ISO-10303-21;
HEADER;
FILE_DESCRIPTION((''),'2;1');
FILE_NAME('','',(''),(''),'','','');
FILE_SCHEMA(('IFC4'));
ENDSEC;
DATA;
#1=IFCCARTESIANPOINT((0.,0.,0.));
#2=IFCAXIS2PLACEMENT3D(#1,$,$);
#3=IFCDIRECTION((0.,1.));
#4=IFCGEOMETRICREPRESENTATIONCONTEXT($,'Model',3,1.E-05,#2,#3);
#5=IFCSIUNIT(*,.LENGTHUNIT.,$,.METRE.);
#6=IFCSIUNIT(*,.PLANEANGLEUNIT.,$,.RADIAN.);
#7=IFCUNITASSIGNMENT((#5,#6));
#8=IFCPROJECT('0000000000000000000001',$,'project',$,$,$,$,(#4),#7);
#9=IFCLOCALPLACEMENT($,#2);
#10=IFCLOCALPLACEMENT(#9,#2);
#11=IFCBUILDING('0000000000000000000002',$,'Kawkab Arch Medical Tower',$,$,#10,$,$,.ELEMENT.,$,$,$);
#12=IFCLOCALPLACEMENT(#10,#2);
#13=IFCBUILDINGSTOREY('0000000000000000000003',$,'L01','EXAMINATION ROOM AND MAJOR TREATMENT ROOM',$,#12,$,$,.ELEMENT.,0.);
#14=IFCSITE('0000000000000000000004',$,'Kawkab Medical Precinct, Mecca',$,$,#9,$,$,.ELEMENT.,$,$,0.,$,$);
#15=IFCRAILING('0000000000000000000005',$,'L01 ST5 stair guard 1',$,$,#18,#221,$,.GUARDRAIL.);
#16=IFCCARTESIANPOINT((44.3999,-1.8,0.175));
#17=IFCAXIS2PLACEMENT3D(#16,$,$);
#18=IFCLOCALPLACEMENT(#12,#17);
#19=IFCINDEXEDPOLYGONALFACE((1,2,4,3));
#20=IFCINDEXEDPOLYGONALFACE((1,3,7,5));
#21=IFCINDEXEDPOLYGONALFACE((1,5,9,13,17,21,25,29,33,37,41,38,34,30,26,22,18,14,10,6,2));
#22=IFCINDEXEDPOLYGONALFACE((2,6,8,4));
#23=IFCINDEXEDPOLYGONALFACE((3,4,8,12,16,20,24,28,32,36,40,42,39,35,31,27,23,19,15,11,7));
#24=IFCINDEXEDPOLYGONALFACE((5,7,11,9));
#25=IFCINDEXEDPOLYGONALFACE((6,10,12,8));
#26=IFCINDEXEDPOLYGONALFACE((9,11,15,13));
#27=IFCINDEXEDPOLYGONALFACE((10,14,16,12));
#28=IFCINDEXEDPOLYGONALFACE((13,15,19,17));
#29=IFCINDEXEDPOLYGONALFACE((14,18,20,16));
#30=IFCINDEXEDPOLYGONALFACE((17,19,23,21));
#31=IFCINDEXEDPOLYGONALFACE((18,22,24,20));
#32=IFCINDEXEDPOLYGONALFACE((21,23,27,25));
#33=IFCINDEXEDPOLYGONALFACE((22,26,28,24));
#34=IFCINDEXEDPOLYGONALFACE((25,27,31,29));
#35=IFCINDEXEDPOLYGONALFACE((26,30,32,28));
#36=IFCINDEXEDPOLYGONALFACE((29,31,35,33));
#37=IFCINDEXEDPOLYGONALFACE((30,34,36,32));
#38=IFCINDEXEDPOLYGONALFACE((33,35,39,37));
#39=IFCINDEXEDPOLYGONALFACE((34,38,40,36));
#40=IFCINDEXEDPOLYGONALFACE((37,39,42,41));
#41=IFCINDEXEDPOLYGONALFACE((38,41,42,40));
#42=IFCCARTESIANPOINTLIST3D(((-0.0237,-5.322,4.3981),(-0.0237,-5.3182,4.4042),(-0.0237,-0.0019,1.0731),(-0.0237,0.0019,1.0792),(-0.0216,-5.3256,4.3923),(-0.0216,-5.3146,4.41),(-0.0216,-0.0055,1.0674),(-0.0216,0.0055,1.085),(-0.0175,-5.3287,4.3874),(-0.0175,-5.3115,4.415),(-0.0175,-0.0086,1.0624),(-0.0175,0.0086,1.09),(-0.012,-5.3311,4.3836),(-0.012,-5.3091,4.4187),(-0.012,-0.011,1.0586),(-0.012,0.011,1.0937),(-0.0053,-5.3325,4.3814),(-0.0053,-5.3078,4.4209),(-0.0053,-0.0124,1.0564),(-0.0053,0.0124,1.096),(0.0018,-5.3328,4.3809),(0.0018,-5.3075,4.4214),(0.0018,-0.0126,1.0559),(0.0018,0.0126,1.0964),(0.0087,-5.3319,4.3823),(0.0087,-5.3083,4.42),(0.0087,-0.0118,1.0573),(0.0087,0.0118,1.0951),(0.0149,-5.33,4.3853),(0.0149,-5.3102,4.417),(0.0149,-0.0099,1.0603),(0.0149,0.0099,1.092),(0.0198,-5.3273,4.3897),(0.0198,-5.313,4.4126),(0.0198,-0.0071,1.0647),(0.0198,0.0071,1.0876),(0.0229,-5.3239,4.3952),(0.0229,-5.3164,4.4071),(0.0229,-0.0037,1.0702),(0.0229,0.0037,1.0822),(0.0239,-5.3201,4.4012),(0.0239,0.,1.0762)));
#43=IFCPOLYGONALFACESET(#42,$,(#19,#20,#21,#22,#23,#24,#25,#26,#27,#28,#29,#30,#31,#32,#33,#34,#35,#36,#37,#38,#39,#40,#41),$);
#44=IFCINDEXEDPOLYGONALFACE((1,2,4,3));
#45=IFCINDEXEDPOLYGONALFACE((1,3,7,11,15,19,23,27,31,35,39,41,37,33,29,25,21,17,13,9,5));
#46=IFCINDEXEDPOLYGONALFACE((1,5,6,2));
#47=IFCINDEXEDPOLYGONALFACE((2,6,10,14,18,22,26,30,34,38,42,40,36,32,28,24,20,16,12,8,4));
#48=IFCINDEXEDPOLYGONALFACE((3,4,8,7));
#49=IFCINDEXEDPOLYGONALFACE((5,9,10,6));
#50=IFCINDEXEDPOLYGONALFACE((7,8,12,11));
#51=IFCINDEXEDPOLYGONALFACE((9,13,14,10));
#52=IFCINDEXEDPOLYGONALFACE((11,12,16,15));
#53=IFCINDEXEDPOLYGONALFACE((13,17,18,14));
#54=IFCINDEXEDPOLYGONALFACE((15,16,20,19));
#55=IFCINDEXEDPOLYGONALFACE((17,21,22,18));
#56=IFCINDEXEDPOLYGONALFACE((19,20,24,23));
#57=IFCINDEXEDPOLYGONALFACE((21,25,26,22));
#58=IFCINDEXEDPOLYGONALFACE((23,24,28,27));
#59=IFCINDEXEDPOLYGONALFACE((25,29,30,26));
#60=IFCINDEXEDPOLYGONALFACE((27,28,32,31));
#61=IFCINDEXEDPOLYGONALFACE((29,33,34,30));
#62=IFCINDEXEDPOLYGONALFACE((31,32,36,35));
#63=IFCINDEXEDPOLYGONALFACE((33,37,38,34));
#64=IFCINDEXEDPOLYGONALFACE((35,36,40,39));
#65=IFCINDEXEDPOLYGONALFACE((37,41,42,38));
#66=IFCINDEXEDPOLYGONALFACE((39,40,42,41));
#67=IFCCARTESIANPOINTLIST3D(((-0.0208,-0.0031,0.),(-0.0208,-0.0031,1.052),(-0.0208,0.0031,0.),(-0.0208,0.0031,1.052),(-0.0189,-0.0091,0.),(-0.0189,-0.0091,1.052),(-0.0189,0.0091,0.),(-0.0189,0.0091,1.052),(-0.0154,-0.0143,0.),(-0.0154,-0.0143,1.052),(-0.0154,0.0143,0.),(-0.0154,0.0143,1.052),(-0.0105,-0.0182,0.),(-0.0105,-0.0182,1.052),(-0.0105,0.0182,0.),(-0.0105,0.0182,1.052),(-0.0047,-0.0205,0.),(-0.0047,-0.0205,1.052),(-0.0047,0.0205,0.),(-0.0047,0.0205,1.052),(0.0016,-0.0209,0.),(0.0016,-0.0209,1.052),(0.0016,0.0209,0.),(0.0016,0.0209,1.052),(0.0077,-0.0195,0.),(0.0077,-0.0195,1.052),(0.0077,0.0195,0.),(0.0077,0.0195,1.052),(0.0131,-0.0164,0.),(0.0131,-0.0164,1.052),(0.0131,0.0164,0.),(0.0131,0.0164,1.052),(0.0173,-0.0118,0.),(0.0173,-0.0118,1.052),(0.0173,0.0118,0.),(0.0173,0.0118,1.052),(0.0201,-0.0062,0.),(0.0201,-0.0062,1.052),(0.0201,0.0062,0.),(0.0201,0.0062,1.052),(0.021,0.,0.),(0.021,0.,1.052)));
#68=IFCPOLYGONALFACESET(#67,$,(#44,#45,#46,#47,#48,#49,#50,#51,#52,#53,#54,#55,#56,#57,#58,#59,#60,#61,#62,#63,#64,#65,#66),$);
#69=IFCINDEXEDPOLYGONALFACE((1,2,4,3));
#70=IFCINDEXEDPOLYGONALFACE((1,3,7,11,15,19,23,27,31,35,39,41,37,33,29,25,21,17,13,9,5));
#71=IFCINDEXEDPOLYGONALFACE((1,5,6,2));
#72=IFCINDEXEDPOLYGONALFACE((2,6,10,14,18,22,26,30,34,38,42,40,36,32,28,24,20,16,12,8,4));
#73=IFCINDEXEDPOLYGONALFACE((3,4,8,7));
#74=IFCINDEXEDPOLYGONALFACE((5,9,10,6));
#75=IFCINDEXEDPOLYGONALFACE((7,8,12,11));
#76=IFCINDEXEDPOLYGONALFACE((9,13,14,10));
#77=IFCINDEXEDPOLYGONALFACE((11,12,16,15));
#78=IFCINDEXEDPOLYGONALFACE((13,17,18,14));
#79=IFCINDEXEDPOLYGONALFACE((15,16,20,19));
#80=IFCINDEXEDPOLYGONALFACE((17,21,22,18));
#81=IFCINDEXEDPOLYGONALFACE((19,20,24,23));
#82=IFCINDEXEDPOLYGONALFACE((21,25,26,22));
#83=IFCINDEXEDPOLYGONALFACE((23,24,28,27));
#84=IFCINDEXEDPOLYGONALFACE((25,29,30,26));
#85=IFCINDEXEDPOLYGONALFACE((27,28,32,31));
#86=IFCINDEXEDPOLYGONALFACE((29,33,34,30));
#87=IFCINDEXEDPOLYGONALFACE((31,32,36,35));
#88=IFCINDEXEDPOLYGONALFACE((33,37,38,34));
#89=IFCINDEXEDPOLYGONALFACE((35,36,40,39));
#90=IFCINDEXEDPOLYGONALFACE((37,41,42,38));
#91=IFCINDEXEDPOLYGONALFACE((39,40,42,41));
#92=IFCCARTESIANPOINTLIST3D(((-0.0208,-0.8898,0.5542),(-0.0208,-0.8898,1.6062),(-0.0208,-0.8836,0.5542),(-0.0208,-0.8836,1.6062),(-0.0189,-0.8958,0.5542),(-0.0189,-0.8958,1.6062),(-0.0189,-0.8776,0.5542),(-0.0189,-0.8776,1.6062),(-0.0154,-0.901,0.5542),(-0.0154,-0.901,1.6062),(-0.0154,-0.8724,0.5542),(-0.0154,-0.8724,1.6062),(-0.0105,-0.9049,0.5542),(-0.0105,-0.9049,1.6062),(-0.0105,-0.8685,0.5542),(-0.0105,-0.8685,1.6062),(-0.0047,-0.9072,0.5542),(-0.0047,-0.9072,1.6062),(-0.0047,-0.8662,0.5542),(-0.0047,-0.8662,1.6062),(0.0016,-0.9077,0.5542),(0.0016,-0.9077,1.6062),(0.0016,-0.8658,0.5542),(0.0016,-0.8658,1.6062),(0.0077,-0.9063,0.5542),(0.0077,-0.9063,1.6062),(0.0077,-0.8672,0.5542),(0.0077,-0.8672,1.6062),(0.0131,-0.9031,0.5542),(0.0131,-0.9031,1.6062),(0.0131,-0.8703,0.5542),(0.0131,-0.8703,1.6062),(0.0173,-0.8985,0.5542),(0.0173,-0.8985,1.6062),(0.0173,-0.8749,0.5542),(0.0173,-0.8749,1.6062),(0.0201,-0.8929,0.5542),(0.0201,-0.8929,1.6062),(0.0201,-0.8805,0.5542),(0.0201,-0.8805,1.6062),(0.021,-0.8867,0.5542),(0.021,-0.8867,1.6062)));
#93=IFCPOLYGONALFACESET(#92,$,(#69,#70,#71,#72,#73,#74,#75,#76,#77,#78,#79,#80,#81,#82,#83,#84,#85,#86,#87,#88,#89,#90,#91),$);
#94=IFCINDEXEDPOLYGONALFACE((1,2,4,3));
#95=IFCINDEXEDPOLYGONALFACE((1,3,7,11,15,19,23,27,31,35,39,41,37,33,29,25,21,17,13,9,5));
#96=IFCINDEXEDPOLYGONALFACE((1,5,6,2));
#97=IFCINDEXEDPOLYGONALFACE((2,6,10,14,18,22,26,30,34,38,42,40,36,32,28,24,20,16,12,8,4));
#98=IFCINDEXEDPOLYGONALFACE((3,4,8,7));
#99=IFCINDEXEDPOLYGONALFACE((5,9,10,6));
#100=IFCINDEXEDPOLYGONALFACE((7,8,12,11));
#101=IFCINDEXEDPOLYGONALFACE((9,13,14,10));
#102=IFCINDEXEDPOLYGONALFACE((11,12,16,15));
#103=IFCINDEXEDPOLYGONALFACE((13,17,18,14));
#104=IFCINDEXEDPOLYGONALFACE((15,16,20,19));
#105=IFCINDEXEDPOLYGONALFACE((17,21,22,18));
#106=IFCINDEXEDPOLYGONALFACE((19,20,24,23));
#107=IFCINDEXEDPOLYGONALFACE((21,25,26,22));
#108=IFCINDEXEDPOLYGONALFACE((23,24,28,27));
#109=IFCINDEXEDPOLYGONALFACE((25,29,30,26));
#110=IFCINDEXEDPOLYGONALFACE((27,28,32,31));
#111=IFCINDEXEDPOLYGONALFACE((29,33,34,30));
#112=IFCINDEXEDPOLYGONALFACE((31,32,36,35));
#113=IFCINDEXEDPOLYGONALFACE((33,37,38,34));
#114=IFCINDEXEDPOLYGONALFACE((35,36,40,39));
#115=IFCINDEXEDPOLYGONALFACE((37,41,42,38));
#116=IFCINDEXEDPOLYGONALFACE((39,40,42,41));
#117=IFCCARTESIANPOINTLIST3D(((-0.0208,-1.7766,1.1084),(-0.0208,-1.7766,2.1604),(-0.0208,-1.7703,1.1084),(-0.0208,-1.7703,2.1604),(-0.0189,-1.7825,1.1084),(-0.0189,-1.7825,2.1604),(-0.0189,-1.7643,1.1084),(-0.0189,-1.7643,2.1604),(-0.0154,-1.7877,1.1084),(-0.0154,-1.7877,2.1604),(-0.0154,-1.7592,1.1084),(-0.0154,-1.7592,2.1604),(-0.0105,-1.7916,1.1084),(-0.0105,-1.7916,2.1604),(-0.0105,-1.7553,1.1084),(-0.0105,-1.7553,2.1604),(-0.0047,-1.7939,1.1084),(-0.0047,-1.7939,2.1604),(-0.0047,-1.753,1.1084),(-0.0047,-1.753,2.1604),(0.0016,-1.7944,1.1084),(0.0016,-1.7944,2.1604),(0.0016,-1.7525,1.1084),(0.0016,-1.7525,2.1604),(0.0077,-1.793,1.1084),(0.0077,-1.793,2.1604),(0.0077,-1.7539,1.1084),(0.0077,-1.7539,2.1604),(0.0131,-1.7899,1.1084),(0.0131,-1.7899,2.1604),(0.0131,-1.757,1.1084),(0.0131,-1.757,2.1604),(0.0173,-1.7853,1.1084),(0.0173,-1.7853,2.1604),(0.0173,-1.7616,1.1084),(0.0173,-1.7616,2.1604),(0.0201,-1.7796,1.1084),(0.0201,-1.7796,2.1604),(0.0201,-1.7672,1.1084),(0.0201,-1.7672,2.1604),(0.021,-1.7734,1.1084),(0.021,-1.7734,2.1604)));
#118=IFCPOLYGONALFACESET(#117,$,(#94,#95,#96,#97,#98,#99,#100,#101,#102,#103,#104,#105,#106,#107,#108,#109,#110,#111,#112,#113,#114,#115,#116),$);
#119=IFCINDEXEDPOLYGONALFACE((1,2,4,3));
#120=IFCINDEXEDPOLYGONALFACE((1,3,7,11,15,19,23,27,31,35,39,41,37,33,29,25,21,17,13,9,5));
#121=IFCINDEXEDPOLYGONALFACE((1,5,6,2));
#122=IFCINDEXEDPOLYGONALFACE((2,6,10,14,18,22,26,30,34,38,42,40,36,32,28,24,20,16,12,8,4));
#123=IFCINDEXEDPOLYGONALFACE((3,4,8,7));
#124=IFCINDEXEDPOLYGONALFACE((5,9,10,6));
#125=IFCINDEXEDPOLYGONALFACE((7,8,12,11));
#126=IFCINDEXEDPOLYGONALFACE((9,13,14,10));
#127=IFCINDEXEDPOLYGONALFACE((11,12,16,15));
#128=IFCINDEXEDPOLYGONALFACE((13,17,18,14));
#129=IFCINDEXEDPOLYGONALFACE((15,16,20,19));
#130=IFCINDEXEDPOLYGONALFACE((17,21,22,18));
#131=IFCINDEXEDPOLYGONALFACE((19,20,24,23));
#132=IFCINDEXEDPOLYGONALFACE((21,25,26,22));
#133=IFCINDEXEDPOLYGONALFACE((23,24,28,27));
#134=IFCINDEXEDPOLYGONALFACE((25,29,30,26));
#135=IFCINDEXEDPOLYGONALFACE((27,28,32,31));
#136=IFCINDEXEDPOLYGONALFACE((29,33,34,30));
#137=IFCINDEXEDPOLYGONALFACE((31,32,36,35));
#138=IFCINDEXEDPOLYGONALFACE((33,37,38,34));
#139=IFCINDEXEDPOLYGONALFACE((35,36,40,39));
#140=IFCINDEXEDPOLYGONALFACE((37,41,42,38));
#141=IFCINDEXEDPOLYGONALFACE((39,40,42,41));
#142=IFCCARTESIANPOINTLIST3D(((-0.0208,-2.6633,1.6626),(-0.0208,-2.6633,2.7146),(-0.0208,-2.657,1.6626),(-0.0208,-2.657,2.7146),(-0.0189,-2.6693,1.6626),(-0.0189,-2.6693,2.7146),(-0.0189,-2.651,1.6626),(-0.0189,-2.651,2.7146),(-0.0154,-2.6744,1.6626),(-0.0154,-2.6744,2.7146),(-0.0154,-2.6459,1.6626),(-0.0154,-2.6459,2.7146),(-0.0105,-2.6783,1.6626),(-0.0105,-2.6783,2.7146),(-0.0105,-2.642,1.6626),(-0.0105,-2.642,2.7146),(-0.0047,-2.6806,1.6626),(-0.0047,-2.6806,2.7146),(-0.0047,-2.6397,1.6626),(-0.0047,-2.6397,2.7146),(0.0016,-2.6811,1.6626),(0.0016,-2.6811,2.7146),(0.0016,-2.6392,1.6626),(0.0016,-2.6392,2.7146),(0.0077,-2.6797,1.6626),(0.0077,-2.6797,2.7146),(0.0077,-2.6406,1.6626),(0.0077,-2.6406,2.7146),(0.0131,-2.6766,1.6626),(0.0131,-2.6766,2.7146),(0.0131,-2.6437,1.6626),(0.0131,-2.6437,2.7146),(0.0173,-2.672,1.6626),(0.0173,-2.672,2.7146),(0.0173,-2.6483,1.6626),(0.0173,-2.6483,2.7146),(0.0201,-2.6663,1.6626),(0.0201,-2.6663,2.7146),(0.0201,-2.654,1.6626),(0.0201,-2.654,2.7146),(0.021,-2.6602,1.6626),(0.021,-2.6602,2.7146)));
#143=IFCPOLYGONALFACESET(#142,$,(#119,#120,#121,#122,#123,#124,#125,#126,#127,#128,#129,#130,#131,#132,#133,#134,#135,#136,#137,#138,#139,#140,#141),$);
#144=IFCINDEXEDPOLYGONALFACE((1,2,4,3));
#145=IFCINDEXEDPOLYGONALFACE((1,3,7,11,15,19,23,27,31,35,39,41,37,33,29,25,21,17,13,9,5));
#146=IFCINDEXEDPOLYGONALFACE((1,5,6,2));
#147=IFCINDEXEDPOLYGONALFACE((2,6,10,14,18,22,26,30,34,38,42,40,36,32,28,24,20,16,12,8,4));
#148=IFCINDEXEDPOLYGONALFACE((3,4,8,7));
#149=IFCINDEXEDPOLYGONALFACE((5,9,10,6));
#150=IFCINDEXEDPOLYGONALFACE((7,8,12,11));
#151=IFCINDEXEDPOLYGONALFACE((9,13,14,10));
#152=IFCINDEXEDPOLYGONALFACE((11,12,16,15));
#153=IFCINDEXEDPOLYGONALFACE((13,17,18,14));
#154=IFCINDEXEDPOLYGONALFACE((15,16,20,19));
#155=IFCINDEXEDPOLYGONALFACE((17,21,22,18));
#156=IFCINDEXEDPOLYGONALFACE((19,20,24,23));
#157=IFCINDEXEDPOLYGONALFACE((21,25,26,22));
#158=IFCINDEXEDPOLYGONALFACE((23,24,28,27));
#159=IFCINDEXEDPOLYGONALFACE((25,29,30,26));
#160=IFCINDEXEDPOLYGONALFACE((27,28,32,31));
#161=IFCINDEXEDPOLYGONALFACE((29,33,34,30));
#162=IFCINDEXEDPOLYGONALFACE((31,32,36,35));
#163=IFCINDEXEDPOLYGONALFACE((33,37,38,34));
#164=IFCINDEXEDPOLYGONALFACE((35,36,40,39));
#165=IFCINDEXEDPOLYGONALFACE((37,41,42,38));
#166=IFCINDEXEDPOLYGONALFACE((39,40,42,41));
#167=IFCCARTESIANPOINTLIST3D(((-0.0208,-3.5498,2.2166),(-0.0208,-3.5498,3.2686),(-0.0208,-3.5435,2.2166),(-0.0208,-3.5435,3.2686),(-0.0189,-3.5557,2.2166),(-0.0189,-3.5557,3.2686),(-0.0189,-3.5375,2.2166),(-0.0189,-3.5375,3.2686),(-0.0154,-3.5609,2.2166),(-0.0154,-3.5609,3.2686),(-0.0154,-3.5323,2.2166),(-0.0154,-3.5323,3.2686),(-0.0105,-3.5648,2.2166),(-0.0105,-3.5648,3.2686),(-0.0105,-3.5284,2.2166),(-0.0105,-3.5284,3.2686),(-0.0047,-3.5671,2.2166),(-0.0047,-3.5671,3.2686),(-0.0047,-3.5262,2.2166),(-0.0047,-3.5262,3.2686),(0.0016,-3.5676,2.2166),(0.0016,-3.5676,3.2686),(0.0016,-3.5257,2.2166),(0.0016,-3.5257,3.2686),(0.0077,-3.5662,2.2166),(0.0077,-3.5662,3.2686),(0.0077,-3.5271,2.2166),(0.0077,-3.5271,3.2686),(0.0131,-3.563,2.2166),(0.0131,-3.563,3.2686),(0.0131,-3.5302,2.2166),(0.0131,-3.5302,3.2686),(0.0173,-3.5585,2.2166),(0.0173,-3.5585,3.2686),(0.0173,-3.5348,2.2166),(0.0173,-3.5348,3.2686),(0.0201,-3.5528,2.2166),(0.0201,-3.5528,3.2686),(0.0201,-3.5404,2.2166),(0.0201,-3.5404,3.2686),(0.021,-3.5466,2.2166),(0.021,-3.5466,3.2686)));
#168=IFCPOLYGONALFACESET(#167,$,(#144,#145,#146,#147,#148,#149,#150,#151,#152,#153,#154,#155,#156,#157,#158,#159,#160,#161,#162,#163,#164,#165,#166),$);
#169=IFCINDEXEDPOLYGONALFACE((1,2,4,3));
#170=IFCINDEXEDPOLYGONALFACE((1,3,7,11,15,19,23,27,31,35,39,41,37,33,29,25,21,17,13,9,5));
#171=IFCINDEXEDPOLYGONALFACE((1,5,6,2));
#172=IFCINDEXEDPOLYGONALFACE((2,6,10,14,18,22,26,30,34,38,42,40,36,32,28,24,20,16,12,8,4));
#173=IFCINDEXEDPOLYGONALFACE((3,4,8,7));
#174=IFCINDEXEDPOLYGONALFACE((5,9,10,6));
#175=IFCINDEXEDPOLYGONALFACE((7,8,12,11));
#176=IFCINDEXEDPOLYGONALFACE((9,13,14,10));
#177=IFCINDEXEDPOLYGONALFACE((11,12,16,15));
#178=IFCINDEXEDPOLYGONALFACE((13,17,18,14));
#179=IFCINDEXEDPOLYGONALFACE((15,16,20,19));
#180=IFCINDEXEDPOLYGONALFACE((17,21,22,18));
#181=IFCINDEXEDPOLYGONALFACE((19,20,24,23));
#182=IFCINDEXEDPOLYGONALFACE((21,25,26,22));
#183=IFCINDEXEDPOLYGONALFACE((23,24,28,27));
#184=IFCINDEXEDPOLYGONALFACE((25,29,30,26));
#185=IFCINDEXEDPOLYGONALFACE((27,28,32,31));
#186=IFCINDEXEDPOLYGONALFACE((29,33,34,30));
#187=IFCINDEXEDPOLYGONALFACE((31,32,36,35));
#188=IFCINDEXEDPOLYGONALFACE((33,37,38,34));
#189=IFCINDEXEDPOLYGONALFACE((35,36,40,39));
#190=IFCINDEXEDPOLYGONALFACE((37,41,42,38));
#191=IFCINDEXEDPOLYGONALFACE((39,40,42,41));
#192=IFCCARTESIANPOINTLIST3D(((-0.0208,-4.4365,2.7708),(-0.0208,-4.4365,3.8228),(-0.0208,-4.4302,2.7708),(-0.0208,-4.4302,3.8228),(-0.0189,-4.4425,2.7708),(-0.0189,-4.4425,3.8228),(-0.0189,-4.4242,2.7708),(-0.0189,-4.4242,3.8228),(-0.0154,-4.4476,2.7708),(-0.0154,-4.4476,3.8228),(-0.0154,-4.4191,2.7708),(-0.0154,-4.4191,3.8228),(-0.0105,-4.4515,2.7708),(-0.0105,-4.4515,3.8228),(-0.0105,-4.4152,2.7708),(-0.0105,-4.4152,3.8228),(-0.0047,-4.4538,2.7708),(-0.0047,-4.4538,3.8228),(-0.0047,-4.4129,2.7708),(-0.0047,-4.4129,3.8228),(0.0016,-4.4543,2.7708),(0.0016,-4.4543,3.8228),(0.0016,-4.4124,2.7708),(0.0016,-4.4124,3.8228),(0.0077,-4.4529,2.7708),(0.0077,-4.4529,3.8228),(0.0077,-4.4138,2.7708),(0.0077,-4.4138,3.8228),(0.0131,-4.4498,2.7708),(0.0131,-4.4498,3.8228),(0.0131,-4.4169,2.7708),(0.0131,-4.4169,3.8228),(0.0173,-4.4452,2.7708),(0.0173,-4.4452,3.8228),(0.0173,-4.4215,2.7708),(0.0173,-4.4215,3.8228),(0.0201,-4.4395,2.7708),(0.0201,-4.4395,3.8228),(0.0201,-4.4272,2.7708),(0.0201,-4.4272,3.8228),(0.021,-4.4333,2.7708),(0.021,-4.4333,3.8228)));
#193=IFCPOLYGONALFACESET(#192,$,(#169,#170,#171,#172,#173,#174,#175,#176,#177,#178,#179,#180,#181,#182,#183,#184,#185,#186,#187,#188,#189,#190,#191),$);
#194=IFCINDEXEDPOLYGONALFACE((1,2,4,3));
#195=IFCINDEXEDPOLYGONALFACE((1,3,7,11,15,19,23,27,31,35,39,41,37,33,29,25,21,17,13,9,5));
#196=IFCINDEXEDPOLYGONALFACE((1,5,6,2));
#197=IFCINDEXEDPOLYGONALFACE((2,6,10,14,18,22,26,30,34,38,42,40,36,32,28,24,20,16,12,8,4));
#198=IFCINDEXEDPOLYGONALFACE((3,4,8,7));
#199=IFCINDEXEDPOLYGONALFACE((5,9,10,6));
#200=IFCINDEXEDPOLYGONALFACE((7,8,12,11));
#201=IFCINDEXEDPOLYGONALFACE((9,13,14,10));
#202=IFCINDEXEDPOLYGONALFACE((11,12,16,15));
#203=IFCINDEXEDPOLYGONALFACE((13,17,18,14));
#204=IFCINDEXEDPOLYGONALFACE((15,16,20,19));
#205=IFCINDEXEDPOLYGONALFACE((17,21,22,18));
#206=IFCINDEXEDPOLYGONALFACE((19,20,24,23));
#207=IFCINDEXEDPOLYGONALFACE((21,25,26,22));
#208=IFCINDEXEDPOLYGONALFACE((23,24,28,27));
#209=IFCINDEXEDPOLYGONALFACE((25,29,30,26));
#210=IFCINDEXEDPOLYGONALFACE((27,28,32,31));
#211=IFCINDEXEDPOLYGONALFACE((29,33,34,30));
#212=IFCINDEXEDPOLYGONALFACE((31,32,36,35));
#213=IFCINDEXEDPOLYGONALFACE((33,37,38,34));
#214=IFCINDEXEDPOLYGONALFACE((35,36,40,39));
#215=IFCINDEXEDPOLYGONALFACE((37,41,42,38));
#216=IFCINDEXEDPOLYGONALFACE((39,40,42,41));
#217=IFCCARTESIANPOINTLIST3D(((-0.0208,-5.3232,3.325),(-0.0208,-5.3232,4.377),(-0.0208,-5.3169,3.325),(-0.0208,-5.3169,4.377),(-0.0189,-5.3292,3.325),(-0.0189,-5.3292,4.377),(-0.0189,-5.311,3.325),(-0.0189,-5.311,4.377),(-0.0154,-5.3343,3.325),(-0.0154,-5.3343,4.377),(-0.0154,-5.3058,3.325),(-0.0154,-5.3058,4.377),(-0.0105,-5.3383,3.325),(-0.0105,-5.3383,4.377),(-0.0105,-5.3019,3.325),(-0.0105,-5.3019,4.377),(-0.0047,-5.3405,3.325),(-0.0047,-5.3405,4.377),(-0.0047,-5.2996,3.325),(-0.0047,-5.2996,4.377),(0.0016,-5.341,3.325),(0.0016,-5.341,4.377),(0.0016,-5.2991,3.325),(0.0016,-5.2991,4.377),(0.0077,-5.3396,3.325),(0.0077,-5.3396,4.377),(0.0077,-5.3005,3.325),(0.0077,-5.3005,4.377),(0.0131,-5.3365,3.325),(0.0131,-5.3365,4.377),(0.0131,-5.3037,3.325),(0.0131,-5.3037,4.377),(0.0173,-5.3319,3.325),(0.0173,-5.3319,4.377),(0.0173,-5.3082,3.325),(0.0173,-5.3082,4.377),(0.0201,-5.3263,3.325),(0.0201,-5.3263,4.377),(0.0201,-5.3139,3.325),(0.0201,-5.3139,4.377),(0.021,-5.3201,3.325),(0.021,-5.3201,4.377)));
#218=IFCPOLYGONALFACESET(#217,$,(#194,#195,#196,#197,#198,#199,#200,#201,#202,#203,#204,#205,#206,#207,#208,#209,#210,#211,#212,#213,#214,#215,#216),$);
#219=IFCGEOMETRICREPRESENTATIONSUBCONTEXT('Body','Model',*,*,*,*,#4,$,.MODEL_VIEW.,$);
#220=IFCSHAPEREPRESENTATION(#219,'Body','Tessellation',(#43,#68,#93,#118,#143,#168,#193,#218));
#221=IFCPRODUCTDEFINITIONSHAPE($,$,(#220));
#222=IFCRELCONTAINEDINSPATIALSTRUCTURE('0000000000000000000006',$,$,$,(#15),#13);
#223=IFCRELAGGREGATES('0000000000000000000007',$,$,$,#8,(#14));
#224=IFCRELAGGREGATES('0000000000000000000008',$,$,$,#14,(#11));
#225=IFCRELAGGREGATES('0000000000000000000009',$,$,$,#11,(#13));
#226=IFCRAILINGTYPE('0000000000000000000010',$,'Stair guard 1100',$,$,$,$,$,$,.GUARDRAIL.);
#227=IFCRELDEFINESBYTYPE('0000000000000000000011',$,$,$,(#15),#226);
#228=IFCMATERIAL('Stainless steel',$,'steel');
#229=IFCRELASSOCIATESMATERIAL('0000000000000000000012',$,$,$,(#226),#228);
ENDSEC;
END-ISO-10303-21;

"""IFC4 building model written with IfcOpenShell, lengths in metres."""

from ifc_helpers import new_model, si_unit, direction, frame, origin, origin_2d, place, context, subcontext, project, spatial, circle, extrude, material, type_object, element, save


model = new_model("IFC4")

# Units and contexts
model_context = context("Model", 3, precision=1e-05, world=origin(), true_north=direction((0.0, 1.0)))
body_context = subcontext(model_context, "Body", "Model", "MODEL_VIEW")
ifc_project = project(units=[si_unit("LENGTHUNIT", "METRE"), si_unit("PLANEANGLEUNIT", "RADIAN")], contexts=[model_context])

# Site, building, storey
site_placement = place(None, origin())
site = spatial("IfcSite", under=ifc_project, at=site_placement, Name="Kawkab Medical Precinct, Mecca", CompositionType="ELEMENT", RefElevation=0.0)
building_placement = place(site_placement, origin())
building = spatial("IfcBuilding", under=site, at=building_placement, Name="Kawkab Arch Medical Tower", CompositionType="ELEMENT")
storey_placement = place(building_placement, origin())
storey = spatial("IfcBuildingStorey", under=building, at=storey_placement, Name="L01", Description="EXAMINATION ROOM AND MAJOR TREATMENT ROOM", CompositionType="ELEMENT", Elevation=0.0)

# Railing
ifc_material_1 = material(Name="Stainless steel", Category="steel")
railing_type = type_object("IfcRailingType", Name="Stair guard 1100", PredefinedType="GUARDRAIL", material=ifc_material_1)
railing_1_placement = place(storey_placement, frame((44.3999, -1.8, 0.175)))
element("IfcRailing", 1, at=railing_1_placement, inside=storey, type_object=railing_type, Name="L01 ST5 stair guard 1", PredefinedType="GUARDRAIL", context=body_context, shape_type="SweptSolid", body=[
    extrude(circle(Radius=0.0239, at=origin_2d()), frame((0.0, 0.0, 1.0762), z_axis=(0.0, -0.848005, 0.529988), x_axis=(1.0, 0.0, 0.0)), (0.0, 0.0, 1.0), 6.2737),
    extrude(circle(Radius=0.021, at=origin_2d()), origin(), (0.0, 0.0, 1.0), 1.052),
    extrude(circle(Radius=0.021, at=origin_2d()), frame((0.0, -0.8867, 0.5542)), (0.0, 0.0, 1.0), 1.052),
    extrude(circle(Radius=0.021, at=origin_2d()), frame((0.0, -1.7734, 1.1084)), (0.0, 0.0, 1.0), 1.052),
    extrude(circle(Radius=0.021, at=origin_2d()), frame((0.0, -2.6602, 1.6626)), (0.0, 0.0, 1.0), 1.052),
    extrude(circle(Radius=0.021, at=origin_2d()), frame((0.0, -3.5466, 2.2166)), (0.0, 0.0, 1.0), 1.052),
    extrude(circle(Radius=0.021, at=origin_2d()), frame((0.0, -4.4333, 2.7708)), (0.0, 0.0, 1.0), 1.052),
    extrude(circle(Radius=0.021, at=origin_2d()), frame((0.0, -5.3201, 3.325)), (0.0, 0.0, 1.0), 1.052),
])

save(model, "model.ifc")
